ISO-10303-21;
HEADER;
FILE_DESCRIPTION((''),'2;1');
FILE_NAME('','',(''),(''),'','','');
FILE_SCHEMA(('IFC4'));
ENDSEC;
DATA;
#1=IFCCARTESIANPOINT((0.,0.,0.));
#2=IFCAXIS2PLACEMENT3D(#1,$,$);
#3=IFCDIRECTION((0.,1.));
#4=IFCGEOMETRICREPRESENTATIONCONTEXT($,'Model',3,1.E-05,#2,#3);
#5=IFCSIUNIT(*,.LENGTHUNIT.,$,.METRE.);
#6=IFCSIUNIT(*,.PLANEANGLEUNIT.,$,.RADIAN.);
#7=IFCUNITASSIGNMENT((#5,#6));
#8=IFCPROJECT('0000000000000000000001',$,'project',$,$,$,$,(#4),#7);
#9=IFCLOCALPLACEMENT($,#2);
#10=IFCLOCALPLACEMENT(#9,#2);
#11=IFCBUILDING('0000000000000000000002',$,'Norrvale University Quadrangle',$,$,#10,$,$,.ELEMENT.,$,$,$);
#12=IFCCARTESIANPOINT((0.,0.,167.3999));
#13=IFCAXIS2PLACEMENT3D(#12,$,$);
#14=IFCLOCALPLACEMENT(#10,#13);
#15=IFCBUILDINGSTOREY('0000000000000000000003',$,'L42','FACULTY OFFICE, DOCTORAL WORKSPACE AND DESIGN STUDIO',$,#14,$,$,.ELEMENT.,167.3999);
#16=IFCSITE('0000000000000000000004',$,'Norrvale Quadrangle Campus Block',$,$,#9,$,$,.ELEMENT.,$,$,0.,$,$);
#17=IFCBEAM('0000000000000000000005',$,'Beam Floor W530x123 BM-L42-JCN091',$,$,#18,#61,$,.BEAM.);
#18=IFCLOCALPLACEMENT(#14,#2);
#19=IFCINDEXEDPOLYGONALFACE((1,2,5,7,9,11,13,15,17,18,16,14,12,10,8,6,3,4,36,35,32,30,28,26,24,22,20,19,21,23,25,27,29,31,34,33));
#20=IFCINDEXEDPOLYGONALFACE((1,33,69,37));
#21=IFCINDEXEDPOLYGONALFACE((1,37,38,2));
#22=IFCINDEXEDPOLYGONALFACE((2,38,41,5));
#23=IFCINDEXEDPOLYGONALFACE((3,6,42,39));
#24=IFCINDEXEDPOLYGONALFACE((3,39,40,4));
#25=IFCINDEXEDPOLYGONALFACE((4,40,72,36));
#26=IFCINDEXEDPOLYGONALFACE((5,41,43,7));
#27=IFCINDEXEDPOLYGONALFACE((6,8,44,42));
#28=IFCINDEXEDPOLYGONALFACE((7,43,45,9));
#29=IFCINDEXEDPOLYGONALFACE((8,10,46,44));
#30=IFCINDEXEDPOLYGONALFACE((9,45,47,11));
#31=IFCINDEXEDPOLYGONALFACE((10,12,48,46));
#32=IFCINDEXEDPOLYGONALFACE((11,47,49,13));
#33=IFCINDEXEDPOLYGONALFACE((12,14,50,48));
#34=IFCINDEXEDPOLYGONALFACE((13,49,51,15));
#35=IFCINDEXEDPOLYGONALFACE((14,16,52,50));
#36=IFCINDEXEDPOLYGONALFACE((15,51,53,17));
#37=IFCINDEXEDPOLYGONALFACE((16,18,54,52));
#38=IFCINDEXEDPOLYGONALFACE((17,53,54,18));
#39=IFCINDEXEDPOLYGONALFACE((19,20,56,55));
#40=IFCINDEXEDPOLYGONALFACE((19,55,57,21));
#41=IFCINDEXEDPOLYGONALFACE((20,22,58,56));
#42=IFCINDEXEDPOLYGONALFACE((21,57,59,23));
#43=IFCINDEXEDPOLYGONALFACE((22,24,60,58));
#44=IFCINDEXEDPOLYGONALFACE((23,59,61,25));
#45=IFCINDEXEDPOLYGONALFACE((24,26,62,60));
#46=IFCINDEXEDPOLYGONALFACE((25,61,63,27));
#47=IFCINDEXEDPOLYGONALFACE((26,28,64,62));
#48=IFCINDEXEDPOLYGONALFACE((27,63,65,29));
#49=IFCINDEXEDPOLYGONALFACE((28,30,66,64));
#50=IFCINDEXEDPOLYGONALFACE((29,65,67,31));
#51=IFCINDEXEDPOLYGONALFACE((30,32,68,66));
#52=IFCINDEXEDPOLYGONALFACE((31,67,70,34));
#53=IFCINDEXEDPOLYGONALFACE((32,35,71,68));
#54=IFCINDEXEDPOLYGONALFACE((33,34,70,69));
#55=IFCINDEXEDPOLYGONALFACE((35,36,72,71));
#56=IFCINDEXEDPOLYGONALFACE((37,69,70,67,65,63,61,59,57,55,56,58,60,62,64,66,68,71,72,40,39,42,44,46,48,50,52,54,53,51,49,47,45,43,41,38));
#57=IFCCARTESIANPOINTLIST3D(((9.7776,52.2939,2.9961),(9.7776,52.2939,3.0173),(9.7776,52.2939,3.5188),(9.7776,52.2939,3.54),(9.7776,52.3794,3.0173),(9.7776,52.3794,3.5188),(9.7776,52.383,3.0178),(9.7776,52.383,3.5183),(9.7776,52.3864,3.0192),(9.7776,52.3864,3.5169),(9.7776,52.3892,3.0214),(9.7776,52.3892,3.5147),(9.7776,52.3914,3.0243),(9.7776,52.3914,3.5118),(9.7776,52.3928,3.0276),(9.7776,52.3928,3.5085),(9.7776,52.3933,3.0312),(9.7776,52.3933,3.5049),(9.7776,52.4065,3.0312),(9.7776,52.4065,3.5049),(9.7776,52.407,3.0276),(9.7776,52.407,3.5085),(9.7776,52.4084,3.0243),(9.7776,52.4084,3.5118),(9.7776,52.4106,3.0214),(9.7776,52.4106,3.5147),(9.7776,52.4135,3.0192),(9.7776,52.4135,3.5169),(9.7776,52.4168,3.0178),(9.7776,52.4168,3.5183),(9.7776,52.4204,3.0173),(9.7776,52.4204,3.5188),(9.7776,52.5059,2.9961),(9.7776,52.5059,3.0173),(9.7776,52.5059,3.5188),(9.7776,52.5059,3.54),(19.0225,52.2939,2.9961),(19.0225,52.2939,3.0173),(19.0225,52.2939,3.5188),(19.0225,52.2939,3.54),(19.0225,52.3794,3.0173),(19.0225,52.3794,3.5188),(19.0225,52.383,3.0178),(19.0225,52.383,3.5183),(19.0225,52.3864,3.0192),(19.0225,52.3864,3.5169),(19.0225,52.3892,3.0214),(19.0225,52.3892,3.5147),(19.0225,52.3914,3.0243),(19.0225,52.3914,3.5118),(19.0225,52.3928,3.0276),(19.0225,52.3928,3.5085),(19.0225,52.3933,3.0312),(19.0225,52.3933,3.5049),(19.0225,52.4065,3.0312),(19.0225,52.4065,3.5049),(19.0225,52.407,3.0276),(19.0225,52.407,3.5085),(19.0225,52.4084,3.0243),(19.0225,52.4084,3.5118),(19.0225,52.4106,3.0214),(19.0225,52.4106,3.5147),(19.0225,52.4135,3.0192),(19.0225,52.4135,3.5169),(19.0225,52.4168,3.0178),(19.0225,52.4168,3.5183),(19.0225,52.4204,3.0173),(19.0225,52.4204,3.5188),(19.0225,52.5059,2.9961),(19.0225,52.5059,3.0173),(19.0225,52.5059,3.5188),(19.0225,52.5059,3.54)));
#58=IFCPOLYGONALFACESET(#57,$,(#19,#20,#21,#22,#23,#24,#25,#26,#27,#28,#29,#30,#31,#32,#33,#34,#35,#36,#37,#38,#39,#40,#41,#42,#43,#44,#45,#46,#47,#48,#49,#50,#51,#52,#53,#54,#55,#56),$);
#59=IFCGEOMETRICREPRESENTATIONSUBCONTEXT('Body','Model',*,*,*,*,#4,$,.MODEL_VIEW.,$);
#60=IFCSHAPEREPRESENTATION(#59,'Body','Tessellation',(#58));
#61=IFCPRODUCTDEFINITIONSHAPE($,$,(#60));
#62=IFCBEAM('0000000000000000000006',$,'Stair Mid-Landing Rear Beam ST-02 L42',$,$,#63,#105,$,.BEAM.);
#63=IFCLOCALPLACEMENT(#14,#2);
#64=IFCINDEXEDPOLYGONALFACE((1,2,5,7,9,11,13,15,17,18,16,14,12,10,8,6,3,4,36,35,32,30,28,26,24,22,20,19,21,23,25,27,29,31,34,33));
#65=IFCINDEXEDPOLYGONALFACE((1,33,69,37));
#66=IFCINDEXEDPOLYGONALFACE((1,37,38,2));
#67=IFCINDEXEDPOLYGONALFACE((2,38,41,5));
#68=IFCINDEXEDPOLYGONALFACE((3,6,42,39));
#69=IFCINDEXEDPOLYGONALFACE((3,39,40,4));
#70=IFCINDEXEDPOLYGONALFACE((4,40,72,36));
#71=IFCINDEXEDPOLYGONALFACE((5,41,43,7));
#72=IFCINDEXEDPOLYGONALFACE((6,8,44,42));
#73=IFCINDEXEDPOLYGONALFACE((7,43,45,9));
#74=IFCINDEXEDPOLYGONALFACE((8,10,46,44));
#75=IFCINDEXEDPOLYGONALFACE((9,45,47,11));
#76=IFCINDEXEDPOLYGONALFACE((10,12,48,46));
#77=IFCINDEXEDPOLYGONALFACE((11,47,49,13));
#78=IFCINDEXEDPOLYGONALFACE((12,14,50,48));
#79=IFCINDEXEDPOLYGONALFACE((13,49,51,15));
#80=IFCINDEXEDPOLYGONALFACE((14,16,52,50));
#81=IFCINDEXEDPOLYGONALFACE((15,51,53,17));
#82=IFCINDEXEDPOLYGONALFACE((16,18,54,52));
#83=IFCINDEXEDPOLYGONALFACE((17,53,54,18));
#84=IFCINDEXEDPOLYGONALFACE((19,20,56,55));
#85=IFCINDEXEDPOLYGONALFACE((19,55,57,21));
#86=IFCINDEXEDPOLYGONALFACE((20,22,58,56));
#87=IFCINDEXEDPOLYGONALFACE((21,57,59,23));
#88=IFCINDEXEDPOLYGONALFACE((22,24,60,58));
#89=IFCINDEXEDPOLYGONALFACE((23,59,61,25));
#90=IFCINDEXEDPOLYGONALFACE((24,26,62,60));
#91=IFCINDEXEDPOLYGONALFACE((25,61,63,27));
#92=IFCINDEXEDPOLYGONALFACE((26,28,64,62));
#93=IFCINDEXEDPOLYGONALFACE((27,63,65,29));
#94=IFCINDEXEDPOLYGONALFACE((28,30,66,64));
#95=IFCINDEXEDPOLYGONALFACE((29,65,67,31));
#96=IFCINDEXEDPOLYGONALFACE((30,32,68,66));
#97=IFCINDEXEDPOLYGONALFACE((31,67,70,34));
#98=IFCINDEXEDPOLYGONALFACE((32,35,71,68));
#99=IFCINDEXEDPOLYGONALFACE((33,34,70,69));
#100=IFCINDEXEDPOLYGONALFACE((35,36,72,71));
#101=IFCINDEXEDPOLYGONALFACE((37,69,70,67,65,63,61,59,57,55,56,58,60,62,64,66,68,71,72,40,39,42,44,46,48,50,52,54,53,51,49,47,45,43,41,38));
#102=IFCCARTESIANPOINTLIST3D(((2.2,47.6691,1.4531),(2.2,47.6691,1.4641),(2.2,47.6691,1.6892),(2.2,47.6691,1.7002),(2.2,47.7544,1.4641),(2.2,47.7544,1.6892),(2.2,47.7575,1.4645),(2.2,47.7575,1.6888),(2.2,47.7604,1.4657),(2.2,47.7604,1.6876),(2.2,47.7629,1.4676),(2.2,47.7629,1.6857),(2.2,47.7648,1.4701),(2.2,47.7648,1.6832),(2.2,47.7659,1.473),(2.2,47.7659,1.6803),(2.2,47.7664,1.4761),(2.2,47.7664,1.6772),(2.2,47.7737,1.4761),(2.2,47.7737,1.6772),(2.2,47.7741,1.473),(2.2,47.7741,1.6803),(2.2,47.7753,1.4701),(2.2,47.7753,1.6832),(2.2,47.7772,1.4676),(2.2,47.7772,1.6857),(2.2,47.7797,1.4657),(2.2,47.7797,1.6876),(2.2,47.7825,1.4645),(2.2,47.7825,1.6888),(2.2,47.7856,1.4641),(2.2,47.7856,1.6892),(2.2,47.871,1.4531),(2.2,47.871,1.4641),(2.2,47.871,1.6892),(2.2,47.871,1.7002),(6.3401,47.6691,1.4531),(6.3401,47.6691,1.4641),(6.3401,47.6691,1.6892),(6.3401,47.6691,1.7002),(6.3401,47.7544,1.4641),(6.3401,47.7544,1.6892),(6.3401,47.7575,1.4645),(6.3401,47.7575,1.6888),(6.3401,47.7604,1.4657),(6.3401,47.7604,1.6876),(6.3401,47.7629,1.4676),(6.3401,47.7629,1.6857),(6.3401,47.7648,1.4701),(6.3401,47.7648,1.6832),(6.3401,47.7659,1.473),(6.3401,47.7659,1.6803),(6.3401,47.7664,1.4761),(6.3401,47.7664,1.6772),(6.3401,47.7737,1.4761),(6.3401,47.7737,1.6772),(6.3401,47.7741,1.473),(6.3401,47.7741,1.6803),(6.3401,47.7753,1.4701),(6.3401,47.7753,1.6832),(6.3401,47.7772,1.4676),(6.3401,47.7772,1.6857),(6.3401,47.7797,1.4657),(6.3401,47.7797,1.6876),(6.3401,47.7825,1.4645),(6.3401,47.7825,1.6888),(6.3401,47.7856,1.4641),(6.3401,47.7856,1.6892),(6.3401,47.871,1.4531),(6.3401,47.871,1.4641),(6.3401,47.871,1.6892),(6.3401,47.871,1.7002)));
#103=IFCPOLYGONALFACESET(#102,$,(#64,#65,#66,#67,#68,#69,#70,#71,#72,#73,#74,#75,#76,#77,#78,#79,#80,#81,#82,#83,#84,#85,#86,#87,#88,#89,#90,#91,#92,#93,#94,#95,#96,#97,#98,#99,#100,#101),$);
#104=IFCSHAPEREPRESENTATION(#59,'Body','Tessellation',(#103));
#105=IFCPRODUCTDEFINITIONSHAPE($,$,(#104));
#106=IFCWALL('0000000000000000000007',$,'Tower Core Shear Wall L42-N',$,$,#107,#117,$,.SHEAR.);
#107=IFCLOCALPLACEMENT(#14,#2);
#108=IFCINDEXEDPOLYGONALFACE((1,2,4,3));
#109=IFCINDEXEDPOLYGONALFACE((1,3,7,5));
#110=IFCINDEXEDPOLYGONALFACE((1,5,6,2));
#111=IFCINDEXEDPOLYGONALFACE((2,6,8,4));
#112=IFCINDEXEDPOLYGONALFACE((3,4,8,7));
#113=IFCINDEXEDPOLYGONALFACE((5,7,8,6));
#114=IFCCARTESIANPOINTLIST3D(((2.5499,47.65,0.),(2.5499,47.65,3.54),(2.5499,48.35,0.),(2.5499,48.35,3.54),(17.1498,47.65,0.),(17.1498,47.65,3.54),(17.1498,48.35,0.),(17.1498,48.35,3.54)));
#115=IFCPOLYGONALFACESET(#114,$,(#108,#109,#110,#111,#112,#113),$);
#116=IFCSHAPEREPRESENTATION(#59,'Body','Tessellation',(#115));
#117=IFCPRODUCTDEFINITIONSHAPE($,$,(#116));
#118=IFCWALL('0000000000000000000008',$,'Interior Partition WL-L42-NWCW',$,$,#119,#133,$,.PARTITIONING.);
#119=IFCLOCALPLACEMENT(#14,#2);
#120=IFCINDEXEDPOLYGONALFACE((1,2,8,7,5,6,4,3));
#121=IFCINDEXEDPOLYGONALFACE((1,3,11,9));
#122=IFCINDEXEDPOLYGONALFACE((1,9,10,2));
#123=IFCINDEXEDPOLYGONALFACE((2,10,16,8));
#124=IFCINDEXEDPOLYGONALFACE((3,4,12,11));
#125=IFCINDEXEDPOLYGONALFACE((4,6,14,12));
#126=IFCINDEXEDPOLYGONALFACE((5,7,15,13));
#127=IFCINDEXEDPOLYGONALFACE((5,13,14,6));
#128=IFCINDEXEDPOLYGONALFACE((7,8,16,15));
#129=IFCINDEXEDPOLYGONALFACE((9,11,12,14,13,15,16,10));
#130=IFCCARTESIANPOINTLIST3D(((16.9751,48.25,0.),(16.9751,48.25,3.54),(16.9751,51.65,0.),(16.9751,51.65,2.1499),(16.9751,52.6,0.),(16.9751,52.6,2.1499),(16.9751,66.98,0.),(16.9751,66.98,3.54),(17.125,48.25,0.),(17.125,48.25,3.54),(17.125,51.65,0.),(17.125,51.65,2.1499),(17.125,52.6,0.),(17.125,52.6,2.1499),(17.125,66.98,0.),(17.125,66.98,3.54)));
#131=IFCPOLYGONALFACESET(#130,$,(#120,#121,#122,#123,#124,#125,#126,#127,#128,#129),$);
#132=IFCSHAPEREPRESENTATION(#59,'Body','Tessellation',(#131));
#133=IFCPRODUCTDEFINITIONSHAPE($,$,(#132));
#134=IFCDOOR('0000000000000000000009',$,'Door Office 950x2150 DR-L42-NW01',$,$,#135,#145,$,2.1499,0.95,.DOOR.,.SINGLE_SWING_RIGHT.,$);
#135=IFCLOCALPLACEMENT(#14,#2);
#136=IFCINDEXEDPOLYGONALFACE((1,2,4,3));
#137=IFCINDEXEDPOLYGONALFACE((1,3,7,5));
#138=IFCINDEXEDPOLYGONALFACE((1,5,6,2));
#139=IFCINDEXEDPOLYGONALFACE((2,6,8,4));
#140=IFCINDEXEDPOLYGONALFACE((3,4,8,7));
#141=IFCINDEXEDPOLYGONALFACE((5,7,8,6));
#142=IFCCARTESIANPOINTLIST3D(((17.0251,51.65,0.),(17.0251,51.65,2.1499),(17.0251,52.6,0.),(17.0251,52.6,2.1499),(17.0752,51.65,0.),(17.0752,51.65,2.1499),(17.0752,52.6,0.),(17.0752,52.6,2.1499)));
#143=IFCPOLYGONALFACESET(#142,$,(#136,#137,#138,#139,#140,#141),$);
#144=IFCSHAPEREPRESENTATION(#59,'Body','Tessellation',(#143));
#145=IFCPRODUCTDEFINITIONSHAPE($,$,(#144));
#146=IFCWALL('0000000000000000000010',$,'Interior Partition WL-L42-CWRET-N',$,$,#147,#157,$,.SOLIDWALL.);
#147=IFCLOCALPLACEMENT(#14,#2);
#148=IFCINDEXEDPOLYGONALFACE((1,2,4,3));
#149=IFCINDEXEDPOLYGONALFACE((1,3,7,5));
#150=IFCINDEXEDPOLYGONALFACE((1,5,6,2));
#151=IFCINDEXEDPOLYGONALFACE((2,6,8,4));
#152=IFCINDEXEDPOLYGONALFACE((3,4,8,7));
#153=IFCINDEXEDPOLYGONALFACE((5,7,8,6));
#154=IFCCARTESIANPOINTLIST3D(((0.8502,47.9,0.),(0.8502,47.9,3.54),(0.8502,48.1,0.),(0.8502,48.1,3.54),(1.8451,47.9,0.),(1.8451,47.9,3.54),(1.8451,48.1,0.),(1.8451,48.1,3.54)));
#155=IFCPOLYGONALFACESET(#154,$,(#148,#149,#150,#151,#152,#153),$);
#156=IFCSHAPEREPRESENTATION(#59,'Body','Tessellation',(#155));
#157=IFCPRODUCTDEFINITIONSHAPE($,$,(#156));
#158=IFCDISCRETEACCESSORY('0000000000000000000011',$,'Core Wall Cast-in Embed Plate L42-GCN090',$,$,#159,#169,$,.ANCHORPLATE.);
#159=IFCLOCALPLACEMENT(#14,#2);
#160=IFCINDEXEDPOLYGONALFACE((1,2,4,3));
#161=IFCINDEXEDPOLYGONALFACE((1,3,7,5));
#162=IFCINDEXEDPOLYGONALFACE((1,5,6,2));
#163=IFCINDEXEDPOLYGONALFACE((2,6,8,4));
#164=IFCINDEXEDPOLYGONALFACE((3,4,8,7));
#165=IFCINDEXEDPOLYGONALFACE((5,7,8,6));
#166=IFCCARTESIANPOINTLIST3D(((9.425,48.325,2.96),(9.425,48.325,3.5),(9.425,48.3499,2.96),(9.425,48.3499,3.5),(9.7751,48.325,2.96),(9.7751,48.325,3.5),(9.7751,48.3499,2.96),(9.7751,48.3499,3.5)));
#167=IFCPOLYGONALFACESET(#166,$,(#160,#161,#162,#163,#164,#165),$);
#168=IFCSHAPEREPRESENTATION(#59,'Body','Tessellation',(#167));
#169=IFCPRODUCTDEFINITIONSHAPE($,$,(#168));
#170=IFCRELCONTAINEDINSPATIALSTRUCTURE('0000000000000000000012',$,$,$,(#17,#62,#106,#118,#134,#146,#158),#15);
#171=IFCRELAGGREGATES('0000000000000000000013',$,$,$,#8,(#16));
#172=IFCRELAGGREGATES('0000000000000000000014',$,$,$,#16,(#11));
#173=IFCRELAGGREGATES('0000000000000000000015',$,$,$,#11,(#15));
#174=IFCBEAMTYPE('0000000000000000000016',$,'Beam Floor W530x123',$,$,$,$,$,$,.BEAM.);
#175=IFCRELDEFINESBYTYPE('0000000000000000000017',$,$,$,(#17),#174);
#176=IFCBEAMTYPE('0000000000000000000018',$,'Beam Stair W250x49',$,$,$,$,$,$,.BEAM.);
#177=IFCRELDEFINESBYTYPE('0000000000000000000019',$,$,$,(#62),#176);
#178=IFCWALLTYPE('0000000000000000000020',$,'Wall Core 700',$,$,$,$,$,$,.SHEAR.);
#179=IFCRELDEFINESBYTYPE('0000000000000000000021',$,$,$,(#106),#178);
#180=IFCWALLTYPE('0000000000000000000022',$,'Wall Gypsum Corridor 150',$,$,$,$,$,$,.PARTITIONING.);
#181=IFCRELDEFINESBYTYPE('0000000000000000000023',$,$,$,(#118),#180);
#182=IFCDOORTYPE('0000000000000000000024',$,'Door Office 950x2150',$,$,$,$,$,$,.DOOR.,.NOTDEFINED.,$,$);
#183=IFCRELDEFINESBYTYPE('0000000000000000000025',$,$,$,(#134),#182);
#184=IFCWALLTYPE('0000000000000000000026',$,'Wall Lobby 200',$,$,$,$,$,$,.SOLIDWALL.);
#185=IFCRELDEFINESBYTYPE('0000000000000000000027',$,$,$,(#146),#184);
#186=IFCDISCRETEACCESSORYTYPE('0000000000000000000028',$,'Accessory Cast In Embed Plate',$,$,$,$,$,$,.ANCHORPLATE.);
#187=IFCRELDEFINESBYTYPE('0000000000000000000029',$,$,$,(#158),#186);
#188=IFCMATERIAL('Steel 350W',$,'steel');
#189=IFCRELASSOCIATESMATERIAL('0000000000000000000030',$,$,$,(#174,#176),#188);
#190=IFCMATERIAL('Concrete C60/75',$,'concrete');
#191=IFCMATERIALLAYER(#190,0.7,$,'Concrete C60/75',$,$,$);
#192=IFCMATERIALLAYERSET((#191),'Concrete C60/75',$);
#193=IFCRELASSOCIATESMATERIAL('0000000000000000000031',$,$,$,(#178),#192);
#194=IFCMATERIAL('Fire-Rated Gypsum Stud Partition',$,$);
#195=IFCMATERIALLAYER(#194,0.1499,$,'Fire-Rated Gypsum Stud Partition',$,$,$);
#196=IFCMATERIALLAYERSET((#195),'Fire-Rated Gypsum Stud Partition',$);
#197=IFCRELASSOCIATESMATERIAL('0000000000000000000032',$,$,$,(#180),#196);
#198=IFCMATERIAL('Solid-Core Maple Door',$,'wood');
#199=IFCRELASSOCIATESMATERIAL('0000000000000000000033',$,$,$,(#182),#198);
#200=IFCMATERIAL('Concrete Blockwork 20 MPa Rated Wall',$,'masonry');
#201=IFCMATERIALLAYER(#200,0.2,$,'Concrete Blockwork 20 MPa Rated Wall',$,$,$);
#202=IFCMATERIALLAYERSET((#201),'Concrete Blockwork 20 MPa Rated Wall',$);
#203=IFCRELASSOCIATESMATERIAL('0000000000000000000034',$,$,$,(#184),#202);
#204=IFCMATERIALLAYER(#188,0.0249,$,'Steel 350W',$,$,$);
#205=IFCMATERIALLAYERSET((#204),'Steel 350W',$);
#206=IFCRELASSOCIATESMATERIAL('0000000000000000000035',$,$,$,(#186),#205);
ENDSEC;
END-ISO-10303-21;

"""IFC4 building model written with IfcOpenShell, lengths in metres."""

from ifc_helpers import new_model, si_unit, direction, frame, frame_2d, origin, origin_2d, place, context, subcontext, project, spatial, rectangle, i_section, extrude, material, layer, layer_set, material_profile, profile_set, type_object, element, fill, save


model = new_model("IFC4")

# Units and contexts
model_context = context("Model", 3, precision=1e-05, world=origin(), true_north=direction((0.0, 1.0)))
body_context = subcontext(model_context, "Body", "Model", "MODEL_VIEW")
ifc_project = project(units=[si_unit("LENGTHUNIT", "METRE"), si_unit("PLANEANGLEUNIT", "RADIAN")], contexts=[model_context])

# Site, building, storey
site_placement = place(None, origin())
site = spatial("IfcSite", under=ifc_project, at=site_placement, Name="Norrvale Quadrangle Campus Block", CompositionType="ELEMENT", RefElevation=0.0)
building_placement = place(site_placement, origin())
building = spatial("IfcBuilding", under=site, at=building_placement, Name="Norrvale University Quadrangle", CompositionType="ELEMENT")
storey_placement = place(building_placement, frame((0.0, 0.0, 167.3999)))
storey = spatial("IfcBuildingStorey", under=building, at=storey_placement, Name="L42", Description="FACULTY OFFICE, DOCTORAL WORKSPACE AND DESIGN STUDIO", CompositionType="ELEMENT", Elevation=167.3999)

# Shared definitions
ifc_material_1 = material(Name="Concrete C60/75", Category="concrete")

# Beams
ifc_material_2 = material(Name="Steel 350W", Category="steel")
ifc_material_profile_1 = material_profile(ifc_material_2, i_section(OverallWidth=0.2119, OverallDepth=0.5439, WebThickness=0.0132, FlangeThickness=0.0212, FilletRadius=0.0139, at=origin_2d()), Name="Steel 350W")
ifc_profile_set_1 = profile_set([ifc_material_profile_1], Name="Steel 350W")
beam_type_1 = type_object("IfcBeamType", Name="Beam Floor W530x123", PredefinedType="BEAM", material=ifc_profile_set_1)
beam_1_placement = place(storey_placement, frame((9.7776, 52.3999, 3.2681), z_axis=(1.0, 0.0, 0.0), x_axis=(0.0, 1.0, 0.0)))
element("IfcBeam", 1, at=beam_1_placement, inside=storey, type_object=beam_type_1, Name="Beam Floor W530x123 BM-L42-JCN091", PredefinedType="BEAM", context=body_context, shape_type="SweptSolid", body=[
    extrude(i_section(OverallWidth=0.2119, OverallDepth=0.5439, WebThickness=0.0132, FlangeThickness=0.0212, FilletRadius=0.0139, at=origin_2d()), origin(), (0.0, 0.0, 1.0), 9.2449),
])
ifc_material_profile_2 = material_profile(ifc_material_2, i_section(OverallWidth=0.2019, OverallDepth=0.2471, WebThickness=0.0073, FlangeThickness=0.011, FilletRadius=0.012, at=origin_2d()), Name="Steel 350W")
ifc_profile_set_2 = profile_set([ifc_material_profile_2], Name="Steel 350W")
beam_type_2 = type_object("IfcBeamType", Name="Beam Stair W250x49", PredefinedType="BEAM", material=ifc_profile_set_2)
beam_2_placement = place(storey_placement, frame((2.2, 47.77, 1.5767), z_axis=(1.0, 0.0, 0.0), x_axis=(0.0, 1.0, 0.0)))
element("IfcBeam", 2, at=beam_2_placement, inside=storey, type_object=beam_type_2, Name="Stair Mid-Landing Rear Beam ST-02 L42", PredefinedType="BEAM", context=body_context, shape_type="SweptSolid", body=[
    extrude(i_section(OverallWidth=0.2019, OverallDepth=0.2471, WebThickness=0.0073, FlangeThickness=0.011, FilletRadius=0.012, at=origin_2d()), origin(), (0.0, 0.0, 1.0), 4.1401),
])

# Wall
ifc_layer_1 = layer(ifc_material_1, 0.7, Name="Concrete C60/75")
ifc_layer_set_1 = layer_set([ifc_layer_1], Name="Concrete C60/75")
wall_type_1 = type_object("IfcWallType", Name="Wall Core 700", PredefinedType="SHEAR", material=ifc_layer_set_1)
wall_1_placement = place(storey_placement, frame((2.55, 48.0, 0.0), z_axis=(0.0, 0.0, 1.0), x_axis=(1.0, 0.0, 0.0)))
element("IfcWall", 3, at=wall_1_placement, inside=storey, type_object=wall_type_1, Name="Tower Core Shear Wall L42-N", PredefinedType="SHEAR", context=body_context, shape_type="SweptSolid", body=[
    extrude(rectangle(XDim=14.5999, YDim=0.7, at=frame_2d((7.2998, 0.0))), origin(), (0.0, 0.0, 1.0), 3.54),
])

# Wall, opening, door
ifc_material_3 = material(Name="Fire-Rated Gypsum Stud Partition")
ifc_layer_2 = layer(ifc_material_3, 0.1499, Name="Fire-Rated Gypsum Stud Partition")
ifc_layer_set_2 = layer_set([ifc_layer_2], Name="Fire-Rated Gypsum Stud Partition")
wall_type_2 = type_object("IfcWallType", Name="Wall Gypsum Corridor 150", PredefinedType="PARTITIONING", material=ifc_layer_set_2)
wall_2_placement = place(storey_placement, frame((17.05, 48.25, 0.0), z_axis=(0.0, 0.0, 1.0), x_axis=(0.0, 1.0, 0.0)))
wall_2 = element("IfcWall", 4, at=wall_2_placement, inside=storey, type_object=wall_type_2, Name="Interior Partition WL-L42-NWCW", PredefinedType="PARTITIONING", context=body_context, shape_type="SweptSolid", body=[
    extrude(rectangle(XDim=18.73, YDim=0.1499, at=frame_2d((9.365, 0.0))), origin(), (0.0, 0.0, 1.0), 3.54),
])
opening_placement = place(wall_2_placement, frame((3.3999, 0.0, 0.0)))
opening = element("IfcOpeningElement", 5, at=opening_placement, cuts=wall_2, PredefinedType="OPENING", context=body_context, shape_type="SweptSolid", body=[
    extrude(rectangle(XDim=0.95, YDim=2.1499, at=frame_2d((0.4751, 1.075))), frame((0.0, 0.0869, 0.0), z_axis=(0.0, -1.0, 0.0), x_axis=(1.0, 0.0, 0.0)), (0.0, 0.0, 1.0), 0.1738),
])
ifc_material_4 = material(Name="Solid-Core Maple Door", Category="wood")
door_type = type_object("IfcDoorType", Name="Door Office 950x2150", OperationType="NOTDEFINED", PredefinedType="DOOR", material=ifc_material_4)
door_placement = place(opening_placement, origin())
door = element("IfcDoor", 6, at=door_placement, inside=storey, type_object=door_type, Name="Door Office 950x2150 DR-L42-NW01", OperationType="SINGLE_SWING_RIGHT", OverallHeight=2.1499, OverallWidth=0.95, PredefinedType="DOOR", context=body_context, shape_type="SweptSolid", body=[
    extrude(rectangle(XDim=0.95, YDim=2.1499, at=frame_2d((0.4751, 1.075))), frame((0.0, 0.0249, 0.0), z_axis=(0.0, -1.0, 0.0), x_axis=(1.0, 0.0, 0.0)), (0.0, 0.0, 1.0), 0.05),
])
fill(opening, door)

# Wall
ifc_material_5 = material(Name="Concrete Blockwork 20 MPa Rated Wall", Category="masonry")
ifc_layer_3 = layer(ifc_material_5, 0.2, Name="Concrete Blockwork 20 MPa Rated Wall")
ifc_layer_set_3 = layer_set([ifc_layer_3], Name="Concrete Blockwork 20 MPa Rated Wall")
wall_type_3 = type_object("IfcWallType", Name="Wall Lobby 200", PredefinedType="SOLIDWALL", material=ifc_layer_set_3)
wall_3_placement = place(storey_placement, frame((0.8501, 48.0, 0.0), z_axis=(0.0, 0.0, 1.0), x_axis=(1.0, 0.0, 0.0)))
element("IfcWall", 7, at=wall_3_placement, inside=storey, type_object=wall_type_3, Name="Interior Partition WL-L42-CWRET-N", PredefinedType="SOLIDWALL", context=body_context, shape_type="SweptSolid", body=[
    extrude(rectangle(XDim=0.9949, YDim=0.2, at=frame_2d((0.4976, 0.0))), origin(), (0.0, 0.0, 1.0), 3.54),
])

# Discrete accessory
ifc_layer_4 = layer(ifc_material_2, 0.0249, Name="Steel 350W")
ifc_layer_set_4 = layer_set([ifc_layer_4], Name="Steel 350W")
discrete_accessory_type = type_object("IfcDiscreteAccessoryType", Name="Accessory Cast In Embed Plate", PredefinedType="ANCHORPLATE", material=ifc_layer_set_4)
discrete_accessory_placement = place(storey_placement, frame((9.6001, 48.3374, 2.96), z_axis=(0.0, 0.0, 1.0), x_axis=(1.0, 0.0, 0.0)))
element("IfcDiscreteAccessory", 8, at=discrete_accessory_placement, inside=storey, type_object=discrete_accessory_type, Name="Core Wall Cast-in Embed Plate L42-GCN090", PredefinedType="ANCHORPLATE", context=body_context, shape_type="SweptSolid", body=[
    extrude(rectangle(XDim=0.3501, YDim=0.0249, at=origin_2d()), origin(), (0.0, 0.0, 1.0), 0.54),
])

save(model, "model.ifc")
